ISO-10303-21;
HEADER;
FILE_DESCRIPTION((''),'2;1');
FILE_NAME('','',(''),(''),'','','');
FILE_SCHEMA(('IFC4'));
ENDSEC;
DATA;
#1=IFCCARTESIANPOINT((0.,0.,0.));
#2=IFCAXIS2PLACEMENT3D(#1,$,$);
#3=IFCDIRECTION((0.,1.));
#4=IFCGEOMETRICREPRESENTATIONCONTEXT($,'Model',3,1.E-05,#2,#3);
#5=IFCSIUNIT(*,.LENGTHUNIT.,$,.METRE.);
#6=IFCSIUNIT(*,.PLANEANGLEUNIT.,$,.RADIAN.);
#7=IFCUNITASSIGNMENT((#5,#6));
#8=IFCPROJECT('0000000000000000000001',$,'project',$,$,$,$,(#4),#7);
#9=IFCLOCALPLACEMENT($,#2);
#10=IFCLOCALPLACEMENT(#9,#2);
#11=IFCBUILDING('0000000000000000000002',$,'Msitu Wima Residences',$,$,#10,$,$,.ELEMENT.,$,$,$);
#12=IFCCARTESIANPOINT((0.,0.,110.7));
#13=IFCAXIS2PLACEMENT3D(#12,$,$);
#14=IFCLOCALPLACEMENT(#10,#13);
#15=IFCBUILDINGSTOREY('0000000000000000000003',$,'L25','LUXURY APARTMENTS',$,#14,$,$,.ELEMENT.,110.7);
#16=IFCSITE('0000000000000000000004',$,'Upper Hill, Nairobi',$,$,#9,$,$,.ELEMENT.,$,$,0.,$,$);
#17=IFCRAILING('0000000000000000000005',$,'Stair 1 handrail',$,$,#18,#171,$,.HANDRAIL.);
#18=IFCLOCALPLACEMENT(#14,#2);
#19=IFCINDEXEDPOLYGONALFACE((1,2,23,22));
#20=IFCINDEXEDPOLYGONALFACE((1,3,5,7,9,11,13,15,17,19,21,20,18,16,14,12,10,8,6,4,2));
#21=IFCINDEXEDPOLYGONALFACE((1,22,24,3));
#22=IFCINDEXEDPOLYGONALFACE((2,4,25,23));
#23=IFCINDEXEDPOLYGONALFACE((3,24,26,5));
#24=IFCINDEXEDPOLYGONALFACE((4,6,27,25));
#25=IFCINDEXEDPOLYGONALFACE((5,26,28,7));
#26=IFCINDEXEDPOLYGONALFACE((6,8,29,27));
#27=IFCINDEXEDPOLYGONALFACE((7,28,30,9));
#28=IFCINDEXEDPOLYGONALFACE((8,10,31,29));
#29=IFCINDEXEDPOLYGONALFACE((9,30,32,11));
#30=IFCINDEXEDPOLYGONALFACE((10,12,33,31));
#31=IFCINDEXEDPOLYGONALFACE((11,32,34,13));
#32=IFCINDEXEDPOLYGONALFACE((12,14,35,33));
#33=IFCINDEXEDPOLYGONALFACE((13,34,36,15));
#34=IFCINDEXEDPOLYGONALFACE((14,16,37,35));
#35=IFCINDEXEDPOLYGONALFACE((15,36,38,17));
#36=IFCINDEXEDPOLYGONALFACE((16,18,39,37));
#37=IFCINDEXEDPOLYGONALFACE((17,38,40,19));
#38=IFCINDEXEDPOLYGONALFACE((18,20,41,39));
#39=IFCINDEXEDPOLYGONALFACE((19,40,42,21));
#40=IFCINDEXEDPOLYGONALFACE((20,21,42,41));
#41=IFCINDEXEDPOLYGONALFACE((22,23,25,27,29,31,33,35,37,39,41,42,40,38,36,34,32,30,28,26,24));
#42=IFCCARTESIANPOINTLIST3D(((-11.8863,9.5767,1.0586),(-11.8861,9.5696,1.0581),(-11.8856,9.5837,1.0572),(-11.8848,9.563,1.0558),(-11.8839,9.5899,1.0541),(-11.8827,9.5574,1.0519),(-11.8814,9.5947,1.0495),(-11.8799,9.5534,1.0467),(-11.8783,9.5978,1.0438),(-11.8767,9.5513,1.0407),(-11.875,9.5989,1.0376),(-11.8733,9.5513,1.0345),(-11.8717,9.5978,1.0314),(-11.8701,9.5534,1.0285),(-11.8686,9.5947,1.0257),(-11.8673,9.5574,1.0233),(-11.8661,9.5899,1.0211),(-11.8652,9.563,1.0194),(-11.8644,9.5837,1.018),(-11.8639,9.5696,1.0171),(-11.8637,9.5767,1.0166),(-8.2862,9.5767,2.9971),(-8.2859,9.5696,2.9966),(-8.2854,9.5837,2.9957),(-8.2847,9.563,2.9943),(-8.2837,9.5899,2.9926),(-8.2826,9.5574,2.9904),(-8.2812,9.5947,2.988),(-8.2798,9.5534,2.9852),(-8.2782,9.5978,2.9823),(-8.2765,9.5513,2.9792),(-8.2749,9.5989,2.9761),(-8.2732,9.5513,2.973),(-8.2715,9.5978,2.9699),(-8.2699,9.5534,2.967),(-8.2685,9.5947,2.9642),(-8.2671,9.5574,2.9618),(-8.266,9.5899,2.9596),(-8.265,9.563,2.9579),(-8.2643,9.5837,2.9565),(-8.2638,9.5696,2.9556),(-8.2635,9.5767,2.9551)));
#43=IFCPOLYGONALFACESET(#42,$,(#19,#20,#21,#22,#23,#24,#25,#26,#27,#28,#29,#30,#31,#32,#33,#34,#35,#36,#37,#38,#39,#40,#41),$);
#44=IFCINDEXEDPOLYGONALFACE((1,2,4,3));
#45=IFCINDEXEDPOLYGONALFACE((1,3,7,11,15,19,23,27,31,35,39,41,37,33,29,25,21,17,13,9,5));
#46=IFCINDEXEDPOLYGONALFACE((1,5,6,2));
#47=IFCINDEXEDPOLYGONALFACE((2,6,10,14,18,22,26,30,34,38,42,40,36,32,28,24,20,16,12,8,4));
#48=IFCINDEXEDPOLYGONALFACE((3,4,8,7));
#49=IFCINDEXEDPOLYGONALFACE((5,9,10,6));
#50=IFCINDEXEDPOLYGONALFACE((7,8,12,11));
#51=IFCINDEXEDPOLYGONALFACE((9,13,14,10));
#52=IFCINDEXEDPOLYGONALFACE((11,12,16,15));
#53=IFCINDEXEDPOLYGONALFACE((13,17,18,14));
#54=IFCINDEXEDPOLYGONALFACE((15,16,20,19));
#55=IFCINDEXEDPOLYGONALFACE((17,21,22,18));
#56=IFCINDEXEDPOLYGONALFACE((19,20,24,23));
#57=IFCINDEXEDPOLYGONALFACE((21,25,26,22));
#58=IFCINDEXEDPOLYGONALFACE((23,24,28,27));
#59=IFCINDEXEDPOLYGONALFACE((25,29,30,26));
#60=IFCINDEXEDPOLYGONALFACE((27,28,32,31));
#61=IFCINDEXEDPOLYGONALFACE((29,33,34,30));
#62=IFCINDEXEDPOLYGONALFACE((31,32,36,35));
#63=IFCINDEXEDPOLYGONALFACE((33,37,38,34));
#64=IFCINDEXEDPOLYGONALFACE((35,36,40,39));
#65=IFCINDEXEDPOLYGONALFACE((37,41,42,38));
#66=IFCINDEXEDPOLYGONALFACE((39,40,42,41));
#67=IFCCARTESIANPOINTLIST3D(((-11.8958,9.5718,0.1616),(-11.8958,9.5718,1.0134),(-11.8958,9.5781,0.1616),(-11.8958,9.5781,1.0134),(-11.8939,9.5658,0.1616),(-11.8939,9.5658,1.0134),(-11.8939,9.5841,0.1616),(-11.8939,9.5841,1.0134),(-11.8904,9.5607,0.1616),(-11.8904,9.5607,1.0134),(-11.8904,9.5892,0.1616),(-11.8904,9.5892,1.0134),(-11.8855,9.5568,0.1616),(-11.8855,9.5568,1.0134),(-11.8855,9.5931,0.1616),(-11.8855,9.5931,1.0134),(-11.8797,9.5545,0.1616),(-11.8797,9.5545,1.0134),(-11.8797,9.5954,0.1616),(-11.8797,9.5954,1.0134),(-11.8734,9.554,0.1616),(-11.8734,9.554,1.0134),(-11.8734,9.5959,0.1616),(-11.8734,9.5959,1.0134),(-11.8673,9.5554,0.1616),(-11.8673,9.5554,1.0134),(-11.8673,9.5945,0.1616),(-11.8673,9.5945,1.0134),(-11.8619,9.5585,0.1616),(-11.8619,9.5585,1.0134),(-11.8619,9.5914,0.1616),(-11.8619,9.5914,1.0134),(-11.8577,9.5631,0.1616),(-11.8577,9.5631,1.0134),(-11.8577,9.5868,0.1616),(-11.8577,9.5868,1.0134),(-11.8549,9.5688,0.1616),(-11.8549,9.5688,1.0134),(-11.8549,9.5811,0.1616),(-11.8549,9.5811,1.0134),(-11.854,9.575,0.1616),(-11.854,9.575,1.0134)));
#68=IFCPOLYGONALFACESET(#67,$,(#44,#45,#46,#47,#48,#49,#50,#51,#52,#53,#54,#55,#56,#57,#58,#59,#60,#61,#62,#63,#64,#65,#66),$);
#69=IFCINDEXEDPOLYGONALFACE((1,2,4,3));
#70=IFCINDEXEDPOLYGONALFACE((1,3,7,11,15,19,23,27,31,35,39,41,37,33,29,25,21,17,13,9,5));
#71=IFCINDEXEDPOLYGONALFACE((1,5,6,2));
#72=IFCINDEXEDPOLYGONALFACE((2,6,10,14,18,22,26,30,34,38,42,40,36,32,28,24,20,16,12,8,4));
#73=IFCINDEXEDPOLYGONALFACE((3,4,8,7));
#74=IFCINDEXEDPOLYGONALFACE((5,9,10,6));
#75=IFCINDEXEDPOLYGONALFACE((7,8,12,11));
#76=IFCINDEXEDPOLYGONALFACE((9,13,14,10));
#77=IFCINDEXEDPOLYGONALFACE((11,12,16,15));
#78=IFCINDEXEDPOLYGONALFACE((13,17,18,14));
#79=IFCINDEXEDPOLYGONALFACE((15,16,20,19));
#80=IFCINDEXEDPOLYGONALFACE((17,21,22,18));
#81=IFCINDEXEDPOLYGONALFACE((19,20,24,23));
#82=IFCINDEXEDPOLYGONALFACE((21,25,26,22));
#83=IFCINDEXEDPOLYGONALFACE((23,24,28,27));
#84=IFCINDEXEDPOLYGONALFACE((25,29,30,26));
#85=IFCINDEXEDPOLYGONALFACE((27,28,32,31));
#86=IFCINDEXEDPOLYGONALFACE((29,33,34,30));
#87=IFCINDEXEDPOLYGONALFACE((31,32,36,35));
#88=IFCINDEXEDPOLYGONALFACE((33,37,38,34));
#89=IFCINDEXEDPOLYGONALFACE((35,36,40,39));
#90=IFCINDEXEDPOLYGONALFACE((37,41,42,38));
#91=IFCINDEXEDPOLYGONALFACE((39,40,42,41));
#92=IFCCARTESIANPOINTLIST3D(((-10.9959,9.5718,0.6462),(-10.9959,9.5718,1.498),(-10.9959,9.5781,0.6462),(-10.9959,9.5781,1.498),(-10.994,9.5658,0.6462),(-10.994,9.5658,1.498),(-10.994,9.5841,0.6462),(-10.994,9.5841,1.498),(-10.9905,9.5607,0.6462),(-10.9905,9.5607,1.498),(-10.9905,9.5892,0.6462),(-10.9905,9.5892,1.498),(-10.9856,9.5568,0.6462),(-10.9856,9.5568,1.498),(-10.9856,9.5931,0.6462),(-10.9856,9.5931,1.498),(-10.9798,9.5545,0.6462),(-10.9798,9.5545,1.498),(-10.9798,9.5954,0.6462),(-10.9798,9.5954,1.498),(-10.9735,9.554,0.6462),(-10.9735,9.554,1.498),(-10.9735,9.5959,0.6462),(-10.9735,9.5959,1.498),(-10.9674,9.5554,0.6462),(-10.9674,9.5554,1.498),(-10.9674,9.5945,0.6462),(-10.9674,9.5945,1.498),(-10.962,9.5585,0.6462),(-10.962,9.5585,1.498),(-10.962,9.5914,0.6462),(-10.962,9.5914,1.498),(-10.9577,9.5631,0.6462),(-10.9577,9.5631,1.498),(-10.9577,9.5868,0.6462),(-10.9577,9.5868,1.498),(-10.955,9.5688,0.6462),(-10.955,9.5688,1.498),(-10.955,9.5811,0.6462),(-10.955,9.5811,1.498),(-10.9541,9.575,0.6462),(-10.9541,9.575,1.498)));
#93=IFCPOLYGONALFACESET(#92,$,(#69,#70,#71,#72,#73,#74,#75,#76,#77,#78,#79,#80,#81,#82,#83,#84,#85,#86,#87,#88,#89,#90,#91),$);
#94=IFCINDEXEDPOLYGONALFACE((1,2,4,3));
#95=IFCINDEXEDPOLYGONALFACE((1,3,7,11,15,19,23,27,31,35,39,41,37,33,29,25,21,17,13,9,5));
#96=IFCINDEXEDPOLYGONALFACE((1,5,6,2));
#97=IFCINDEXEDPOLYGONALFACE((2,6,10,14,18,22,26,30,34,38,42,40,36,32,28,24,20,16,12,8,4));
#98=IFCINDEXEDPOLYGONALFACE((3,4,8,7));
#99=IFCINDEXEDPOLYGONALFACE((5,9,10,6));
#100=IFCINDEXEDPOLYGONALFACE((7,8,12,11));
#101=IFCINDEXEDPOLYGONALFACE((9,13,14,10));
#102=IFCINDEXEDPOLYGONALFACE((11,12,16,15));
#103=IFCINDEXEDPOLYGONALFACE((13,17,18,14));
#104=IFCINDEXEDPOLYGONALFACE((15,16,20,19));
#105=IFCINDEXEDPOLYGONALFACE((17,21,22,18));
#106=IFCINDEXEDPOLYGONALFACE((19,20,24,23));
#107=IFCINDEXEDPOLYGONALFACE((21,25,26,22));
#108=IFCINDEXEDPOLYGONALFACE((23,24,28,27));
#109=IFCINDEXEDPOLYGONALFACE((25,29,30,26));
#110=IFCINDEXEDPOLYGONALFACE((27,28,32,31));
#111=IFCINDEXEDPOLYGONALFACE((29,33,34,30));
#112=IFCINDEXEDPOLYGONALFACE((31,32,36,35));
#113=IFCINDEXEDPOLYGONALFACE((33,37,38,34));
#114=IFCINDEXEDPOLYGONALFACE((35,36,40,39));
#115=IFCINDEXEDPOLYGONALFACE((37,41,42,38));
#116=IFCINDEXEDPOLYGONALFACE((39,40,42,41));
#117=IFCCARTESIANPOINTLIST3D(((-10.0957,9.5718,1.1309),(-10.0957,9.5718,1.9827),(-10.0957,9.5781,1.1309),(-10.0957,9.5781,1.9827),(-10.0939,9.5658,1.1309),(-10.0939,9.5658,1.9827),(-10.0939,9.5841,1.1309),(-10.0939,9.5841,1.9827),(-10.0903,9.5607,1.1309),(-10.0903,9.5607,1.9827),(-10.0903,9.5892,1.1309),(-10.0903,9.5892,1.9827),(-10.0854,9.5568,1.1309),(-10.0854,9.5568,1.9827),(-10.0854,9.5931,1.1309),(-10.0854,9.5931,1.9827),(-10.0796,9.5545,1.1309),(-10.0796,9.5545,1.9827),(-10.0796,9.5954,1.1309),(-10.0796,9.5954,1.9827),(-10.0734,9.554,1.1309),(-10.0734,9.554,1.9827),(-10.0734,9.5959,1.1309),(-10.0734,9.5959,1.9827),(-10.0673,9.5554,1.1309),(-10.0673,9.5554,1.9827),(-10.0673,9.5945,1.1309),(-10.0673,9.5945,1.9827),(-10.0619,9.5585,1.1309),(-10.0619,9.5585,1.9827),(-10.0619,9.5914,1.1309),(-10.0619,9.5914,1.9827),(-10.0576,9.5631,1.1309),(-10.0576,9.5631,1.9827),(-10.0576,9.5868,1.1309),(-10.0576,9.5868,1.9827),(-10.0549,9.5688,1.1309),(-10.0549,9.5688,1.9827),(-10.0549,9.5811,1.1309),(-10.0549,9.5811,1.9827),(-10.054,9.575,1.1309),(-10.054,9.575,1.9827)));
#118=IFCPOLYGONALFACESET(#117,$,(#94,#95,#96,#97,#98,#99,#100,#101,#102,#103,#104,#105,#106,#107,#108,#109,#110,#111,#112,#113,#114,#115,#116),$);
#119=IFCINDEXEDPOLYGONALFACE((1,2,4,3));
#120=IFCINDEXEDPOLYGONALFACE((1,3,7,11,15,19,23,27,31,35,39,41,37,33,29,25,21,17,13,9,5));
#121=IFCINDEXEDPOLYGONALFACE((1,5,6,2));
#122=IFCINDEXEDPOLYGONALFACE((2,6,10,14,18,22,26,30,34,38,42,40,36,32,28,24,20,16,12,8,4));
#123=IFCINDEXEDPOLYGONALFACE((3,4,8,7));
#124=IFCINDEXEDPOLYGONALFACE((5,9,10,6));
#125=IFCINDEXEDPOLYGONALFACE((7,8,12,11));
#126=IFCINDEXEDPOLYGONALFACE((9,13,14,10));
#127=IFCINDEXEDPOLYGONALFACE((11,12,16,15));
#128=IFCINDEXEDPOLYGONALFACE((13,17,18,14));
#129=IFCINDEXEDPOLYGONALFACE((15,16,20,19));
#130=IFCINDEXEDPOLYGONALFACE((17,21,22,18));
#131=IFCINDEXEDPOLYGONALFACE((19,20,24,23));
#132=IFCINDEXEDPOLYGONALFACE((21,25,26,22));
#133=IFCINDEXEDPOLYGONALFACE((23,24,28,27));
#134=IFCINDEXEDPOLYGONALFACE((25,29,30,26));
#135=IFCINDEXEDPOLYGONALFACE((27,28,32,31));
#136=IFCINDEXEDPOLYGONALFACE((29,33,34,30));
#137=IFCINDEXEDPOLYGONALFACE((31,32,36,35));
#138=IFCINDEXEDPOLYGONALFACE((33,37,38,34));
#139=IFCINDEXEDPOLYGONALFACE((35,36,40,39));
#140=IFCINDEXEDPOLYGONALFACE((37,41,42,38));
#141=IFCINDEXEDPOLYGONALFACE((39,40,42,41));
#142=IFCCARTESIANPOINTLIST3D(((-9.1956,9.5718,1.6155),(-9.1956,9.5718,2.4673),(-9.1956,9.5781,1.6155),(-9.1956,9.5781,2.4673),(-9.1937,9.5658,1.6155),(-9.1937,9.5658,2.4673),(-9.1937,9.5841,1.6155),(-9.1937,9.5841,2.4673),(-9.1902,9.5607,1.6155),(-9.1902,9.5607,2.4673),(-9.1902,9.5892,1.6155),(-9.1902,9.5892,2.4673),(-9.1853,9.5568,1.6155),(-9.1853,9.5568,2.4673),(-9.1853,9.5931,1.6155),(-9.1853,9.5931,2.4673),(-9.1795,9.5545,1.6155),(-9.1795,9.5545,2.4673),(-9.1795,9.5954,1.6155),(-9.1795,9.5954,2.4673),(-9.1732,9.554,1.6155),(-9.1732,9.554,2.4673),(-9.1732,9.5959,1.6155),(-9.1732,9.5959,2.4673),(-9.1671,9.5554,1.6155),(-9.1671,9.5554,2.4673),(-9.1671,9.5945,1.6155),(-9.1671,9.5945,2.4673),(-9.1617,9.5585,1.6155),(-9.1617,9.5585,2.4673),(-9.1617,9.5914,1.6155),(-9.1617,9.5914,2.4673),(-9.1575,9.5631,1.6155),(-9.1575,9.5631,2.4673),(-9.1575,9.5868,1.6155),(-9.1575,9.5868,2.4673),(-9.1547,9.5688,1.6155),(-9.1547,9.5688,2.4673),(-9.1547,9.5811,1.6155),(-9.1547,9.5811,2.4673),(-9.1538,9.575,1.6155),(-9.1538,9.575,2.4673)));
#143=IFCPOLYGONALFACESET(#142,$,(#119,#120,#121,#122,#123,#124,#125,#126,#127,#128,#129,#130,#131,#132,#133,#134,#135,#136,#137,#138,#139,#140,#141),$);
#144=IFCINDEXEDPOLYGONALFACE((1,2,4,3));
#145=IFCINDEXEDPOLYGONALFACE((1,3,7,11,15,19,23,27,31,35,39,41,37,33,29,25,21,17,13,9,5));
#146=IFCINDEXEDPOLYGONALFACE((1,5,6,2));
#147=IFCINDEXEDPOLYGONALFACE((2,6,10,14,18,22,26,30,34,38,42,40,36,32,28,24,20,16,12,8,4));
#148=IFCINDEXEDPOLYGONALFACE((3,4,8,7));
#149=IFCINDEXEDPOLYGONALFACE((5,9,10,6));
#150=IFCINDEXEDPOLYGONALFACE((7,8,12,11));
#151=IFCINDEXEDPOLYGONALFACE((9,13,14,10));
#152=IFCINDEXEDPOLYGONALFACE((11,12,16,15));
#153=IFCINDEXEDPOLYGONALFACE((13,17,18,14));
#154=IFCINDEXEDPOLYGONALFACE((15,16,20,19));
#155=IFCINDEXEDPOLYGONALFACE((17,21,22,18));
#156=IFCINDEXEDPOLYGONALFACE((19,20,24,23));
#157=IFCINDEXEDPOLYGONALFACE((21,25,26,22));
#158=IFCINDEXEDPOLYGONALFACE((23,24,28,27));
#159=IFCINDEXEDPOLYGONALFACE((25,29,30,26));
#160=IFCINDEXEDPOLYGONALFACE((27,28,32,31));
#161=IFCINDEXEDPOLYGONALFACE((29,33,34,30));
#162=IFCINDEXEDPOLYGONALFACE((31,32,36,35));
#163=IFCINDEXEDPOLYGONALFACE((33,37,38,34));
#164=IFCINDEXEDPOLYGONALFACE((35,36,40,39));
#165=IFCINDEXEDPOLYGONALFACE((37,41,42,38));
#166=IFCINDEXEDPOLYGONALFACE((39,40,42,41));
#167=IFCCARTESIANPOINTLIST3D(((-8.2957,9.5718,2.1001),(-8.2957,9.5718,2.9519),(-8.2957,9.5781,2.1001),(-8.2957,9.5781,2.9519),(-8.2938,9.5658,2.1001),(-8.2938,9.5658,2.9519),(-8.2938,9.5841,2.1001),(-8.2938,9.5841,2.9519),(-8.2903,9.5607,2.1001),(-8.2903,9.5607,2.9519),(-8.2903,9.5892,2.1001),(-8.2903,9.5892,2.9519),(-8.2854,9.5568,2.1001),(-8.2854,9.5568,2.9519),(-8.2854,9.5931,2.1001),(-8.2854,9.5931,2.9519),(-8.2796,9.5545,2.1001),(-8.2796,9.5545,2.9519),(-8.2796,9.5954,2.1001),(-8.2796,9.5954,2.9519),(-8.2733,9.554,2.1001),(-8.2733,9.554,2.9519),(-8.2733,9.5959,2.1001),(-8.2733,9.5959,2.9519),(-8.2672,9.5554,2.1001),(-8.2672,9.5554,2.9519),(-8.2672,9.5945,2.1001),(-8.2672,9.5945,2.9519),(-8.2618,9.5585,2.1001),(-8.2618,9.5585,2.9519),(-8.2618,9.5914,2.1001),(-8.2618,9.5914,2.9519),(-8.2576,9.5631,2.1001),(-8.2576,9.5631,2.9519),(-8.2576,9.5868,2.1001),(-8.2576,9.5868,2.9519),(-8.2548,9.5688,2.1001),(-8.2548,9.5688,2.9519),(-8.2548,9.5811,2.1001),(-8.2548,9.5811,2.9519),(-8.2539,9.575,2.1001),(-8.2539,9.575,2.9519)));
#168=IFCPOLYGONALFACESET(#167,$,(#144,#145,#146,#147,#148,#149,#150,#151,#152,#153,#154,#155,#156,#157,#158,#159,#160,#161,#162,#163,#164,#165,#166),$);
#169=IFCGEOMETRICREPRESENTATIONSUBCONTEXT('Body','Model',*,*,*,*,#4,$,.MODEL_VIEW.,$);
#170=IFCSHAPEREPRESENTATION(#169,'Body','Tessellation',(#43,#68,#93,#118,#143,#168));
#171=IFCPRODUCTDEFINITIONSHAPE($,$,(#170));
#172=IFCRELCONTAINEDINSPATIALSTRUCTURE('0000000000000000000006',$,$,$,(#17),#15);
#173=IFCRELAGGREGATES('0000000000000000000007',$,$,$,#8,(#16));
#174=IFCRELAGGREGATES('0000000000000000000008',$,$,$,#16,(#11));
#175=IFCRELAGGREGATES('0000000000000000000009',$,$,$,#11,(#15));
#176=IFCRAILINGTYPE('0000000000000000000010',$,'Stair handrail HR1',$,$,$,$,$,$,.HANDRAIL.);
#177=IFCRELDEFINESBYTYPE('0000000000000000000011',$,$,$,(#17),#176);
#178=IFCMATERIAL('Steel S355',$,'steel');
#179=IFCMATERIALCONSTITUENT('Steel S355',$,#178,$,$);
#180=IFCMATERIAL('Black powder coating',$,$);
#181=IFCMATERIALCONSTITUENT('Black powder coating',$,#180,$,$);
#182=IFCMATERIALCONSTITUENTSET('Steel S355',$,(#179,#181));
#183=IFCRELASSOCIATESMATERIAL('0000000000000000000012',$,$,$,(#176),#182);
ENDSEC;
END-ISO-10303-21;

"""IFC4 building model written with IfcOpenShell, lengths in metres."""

from ifc_helpers import new_model, si_unit, direction, frame, origin, origin_2d, place, context, subcontext, project, spatial, circle, extrude, material, constituent, constituent_set, type_object, element, save


model = new_model("IFC4")

# Units and contexts
model_context = context("Model", 3, precision=1e-05, world=origin(), true_north=direction((0.0, 1.0)))
body_context = subcontext(model_context, "Body", "Model", "MODEL_VIEW")
ifc_project = project(units=[si_unit("LENGTHUNIT", "METRE"), si_unit("PLANEANGLEUNIT", "RADIAN")], contexts=[model_context])

# Site, building, storey
site_placement = place(None, origin())
site = spatial("IfcSite", under=ifc_project, at=site_placement, Name="Upper Hill, Nairobi", CompositionType="ELEMENT", RefElevation=0.0)
building_placement = place(site_placement, origin())
building = spatial("IfcBuilding", under=site, at=building_placement, Name="Msitu Wima Residences", CompositionType="ELEMENT")
storey_placement = place(building_placement, frame((0.0, 0.0, 110.7)))
storey = spatial("IfcBuildingStorey", under=building, at=storey_placement, Name="L25", Description="LUXURY APARTMENTS", CompositionType="ELEMENT", Elevation=110.7)

# Railing
ifc_material_1 = material(Name="Steel S355", Category="steel")
ifc_constituent_1 = constituent(ifc_material_1, Name="Steel S355")
ifc_material_2 = material(Name="Black powder coating")
ifc_constituent_2 = constituent(ifc_material_2, Name="Black powder coating")
ifc_constituent_set = constituent_set(constituents=[ifc_constituent_1, ifc_constituent_2], Name="Steel S355")
railing_type = type_object("IfcRailingType", Name="Stair handrail HR1", PredefinedType="HANDRAIL", material=ifc_constituent_set)
for number, where, name in (
    (1, (-11.875, 9.575, 0.1616), "Stair 1 handrail"),
):
    element("IfcRailing", number, at=place(storey_placement, frame(where)), inside=storey, type_object=railing_type, Name=name, PredefinedType="HANDRAIL", context=body_context, shape_type="SweptSolid", body=[
        extrude(circle(Radius=0.0239, at=origin_2d()), frame((0.0, 0.0, 0.876), z_axis=(0.880475, 0.0, 0.474093), x_axis=(0.0, 1.0, 0.0)), (0.0, 0.0, 1.0), 4.0889),
        extrude(circle(Radius=0.021, at=origin_2d()), origin(), (0.0, 0.0, 1.0), 0.8518),
        extrude(circle(Radius=0.021, at=origin_2d()), frame((0.8999, 0.0, 0.4846)), (0.0, 0.0, 1.0), 0.8518),
        extrude(circle(Radius=0.021, at=origin_2d()), frame((1.8, 0.0, 0.9692)), (0.0, 0.0, 1.0), 0.8518),
        extrude(circle(Radius=0.021, at=origin_2d()), frame((2.7002, 0.0, 1.4539)), (0.0, 0.0, 1.0), 0.8518),
        extrude(circle(Radius=0.021, at=origin_2d()), frame((3.6001, 0.0, 1.9385)), (0.0, 0.0, 1.0), 0.8518),
    ])

save(model, "model.ifc")
